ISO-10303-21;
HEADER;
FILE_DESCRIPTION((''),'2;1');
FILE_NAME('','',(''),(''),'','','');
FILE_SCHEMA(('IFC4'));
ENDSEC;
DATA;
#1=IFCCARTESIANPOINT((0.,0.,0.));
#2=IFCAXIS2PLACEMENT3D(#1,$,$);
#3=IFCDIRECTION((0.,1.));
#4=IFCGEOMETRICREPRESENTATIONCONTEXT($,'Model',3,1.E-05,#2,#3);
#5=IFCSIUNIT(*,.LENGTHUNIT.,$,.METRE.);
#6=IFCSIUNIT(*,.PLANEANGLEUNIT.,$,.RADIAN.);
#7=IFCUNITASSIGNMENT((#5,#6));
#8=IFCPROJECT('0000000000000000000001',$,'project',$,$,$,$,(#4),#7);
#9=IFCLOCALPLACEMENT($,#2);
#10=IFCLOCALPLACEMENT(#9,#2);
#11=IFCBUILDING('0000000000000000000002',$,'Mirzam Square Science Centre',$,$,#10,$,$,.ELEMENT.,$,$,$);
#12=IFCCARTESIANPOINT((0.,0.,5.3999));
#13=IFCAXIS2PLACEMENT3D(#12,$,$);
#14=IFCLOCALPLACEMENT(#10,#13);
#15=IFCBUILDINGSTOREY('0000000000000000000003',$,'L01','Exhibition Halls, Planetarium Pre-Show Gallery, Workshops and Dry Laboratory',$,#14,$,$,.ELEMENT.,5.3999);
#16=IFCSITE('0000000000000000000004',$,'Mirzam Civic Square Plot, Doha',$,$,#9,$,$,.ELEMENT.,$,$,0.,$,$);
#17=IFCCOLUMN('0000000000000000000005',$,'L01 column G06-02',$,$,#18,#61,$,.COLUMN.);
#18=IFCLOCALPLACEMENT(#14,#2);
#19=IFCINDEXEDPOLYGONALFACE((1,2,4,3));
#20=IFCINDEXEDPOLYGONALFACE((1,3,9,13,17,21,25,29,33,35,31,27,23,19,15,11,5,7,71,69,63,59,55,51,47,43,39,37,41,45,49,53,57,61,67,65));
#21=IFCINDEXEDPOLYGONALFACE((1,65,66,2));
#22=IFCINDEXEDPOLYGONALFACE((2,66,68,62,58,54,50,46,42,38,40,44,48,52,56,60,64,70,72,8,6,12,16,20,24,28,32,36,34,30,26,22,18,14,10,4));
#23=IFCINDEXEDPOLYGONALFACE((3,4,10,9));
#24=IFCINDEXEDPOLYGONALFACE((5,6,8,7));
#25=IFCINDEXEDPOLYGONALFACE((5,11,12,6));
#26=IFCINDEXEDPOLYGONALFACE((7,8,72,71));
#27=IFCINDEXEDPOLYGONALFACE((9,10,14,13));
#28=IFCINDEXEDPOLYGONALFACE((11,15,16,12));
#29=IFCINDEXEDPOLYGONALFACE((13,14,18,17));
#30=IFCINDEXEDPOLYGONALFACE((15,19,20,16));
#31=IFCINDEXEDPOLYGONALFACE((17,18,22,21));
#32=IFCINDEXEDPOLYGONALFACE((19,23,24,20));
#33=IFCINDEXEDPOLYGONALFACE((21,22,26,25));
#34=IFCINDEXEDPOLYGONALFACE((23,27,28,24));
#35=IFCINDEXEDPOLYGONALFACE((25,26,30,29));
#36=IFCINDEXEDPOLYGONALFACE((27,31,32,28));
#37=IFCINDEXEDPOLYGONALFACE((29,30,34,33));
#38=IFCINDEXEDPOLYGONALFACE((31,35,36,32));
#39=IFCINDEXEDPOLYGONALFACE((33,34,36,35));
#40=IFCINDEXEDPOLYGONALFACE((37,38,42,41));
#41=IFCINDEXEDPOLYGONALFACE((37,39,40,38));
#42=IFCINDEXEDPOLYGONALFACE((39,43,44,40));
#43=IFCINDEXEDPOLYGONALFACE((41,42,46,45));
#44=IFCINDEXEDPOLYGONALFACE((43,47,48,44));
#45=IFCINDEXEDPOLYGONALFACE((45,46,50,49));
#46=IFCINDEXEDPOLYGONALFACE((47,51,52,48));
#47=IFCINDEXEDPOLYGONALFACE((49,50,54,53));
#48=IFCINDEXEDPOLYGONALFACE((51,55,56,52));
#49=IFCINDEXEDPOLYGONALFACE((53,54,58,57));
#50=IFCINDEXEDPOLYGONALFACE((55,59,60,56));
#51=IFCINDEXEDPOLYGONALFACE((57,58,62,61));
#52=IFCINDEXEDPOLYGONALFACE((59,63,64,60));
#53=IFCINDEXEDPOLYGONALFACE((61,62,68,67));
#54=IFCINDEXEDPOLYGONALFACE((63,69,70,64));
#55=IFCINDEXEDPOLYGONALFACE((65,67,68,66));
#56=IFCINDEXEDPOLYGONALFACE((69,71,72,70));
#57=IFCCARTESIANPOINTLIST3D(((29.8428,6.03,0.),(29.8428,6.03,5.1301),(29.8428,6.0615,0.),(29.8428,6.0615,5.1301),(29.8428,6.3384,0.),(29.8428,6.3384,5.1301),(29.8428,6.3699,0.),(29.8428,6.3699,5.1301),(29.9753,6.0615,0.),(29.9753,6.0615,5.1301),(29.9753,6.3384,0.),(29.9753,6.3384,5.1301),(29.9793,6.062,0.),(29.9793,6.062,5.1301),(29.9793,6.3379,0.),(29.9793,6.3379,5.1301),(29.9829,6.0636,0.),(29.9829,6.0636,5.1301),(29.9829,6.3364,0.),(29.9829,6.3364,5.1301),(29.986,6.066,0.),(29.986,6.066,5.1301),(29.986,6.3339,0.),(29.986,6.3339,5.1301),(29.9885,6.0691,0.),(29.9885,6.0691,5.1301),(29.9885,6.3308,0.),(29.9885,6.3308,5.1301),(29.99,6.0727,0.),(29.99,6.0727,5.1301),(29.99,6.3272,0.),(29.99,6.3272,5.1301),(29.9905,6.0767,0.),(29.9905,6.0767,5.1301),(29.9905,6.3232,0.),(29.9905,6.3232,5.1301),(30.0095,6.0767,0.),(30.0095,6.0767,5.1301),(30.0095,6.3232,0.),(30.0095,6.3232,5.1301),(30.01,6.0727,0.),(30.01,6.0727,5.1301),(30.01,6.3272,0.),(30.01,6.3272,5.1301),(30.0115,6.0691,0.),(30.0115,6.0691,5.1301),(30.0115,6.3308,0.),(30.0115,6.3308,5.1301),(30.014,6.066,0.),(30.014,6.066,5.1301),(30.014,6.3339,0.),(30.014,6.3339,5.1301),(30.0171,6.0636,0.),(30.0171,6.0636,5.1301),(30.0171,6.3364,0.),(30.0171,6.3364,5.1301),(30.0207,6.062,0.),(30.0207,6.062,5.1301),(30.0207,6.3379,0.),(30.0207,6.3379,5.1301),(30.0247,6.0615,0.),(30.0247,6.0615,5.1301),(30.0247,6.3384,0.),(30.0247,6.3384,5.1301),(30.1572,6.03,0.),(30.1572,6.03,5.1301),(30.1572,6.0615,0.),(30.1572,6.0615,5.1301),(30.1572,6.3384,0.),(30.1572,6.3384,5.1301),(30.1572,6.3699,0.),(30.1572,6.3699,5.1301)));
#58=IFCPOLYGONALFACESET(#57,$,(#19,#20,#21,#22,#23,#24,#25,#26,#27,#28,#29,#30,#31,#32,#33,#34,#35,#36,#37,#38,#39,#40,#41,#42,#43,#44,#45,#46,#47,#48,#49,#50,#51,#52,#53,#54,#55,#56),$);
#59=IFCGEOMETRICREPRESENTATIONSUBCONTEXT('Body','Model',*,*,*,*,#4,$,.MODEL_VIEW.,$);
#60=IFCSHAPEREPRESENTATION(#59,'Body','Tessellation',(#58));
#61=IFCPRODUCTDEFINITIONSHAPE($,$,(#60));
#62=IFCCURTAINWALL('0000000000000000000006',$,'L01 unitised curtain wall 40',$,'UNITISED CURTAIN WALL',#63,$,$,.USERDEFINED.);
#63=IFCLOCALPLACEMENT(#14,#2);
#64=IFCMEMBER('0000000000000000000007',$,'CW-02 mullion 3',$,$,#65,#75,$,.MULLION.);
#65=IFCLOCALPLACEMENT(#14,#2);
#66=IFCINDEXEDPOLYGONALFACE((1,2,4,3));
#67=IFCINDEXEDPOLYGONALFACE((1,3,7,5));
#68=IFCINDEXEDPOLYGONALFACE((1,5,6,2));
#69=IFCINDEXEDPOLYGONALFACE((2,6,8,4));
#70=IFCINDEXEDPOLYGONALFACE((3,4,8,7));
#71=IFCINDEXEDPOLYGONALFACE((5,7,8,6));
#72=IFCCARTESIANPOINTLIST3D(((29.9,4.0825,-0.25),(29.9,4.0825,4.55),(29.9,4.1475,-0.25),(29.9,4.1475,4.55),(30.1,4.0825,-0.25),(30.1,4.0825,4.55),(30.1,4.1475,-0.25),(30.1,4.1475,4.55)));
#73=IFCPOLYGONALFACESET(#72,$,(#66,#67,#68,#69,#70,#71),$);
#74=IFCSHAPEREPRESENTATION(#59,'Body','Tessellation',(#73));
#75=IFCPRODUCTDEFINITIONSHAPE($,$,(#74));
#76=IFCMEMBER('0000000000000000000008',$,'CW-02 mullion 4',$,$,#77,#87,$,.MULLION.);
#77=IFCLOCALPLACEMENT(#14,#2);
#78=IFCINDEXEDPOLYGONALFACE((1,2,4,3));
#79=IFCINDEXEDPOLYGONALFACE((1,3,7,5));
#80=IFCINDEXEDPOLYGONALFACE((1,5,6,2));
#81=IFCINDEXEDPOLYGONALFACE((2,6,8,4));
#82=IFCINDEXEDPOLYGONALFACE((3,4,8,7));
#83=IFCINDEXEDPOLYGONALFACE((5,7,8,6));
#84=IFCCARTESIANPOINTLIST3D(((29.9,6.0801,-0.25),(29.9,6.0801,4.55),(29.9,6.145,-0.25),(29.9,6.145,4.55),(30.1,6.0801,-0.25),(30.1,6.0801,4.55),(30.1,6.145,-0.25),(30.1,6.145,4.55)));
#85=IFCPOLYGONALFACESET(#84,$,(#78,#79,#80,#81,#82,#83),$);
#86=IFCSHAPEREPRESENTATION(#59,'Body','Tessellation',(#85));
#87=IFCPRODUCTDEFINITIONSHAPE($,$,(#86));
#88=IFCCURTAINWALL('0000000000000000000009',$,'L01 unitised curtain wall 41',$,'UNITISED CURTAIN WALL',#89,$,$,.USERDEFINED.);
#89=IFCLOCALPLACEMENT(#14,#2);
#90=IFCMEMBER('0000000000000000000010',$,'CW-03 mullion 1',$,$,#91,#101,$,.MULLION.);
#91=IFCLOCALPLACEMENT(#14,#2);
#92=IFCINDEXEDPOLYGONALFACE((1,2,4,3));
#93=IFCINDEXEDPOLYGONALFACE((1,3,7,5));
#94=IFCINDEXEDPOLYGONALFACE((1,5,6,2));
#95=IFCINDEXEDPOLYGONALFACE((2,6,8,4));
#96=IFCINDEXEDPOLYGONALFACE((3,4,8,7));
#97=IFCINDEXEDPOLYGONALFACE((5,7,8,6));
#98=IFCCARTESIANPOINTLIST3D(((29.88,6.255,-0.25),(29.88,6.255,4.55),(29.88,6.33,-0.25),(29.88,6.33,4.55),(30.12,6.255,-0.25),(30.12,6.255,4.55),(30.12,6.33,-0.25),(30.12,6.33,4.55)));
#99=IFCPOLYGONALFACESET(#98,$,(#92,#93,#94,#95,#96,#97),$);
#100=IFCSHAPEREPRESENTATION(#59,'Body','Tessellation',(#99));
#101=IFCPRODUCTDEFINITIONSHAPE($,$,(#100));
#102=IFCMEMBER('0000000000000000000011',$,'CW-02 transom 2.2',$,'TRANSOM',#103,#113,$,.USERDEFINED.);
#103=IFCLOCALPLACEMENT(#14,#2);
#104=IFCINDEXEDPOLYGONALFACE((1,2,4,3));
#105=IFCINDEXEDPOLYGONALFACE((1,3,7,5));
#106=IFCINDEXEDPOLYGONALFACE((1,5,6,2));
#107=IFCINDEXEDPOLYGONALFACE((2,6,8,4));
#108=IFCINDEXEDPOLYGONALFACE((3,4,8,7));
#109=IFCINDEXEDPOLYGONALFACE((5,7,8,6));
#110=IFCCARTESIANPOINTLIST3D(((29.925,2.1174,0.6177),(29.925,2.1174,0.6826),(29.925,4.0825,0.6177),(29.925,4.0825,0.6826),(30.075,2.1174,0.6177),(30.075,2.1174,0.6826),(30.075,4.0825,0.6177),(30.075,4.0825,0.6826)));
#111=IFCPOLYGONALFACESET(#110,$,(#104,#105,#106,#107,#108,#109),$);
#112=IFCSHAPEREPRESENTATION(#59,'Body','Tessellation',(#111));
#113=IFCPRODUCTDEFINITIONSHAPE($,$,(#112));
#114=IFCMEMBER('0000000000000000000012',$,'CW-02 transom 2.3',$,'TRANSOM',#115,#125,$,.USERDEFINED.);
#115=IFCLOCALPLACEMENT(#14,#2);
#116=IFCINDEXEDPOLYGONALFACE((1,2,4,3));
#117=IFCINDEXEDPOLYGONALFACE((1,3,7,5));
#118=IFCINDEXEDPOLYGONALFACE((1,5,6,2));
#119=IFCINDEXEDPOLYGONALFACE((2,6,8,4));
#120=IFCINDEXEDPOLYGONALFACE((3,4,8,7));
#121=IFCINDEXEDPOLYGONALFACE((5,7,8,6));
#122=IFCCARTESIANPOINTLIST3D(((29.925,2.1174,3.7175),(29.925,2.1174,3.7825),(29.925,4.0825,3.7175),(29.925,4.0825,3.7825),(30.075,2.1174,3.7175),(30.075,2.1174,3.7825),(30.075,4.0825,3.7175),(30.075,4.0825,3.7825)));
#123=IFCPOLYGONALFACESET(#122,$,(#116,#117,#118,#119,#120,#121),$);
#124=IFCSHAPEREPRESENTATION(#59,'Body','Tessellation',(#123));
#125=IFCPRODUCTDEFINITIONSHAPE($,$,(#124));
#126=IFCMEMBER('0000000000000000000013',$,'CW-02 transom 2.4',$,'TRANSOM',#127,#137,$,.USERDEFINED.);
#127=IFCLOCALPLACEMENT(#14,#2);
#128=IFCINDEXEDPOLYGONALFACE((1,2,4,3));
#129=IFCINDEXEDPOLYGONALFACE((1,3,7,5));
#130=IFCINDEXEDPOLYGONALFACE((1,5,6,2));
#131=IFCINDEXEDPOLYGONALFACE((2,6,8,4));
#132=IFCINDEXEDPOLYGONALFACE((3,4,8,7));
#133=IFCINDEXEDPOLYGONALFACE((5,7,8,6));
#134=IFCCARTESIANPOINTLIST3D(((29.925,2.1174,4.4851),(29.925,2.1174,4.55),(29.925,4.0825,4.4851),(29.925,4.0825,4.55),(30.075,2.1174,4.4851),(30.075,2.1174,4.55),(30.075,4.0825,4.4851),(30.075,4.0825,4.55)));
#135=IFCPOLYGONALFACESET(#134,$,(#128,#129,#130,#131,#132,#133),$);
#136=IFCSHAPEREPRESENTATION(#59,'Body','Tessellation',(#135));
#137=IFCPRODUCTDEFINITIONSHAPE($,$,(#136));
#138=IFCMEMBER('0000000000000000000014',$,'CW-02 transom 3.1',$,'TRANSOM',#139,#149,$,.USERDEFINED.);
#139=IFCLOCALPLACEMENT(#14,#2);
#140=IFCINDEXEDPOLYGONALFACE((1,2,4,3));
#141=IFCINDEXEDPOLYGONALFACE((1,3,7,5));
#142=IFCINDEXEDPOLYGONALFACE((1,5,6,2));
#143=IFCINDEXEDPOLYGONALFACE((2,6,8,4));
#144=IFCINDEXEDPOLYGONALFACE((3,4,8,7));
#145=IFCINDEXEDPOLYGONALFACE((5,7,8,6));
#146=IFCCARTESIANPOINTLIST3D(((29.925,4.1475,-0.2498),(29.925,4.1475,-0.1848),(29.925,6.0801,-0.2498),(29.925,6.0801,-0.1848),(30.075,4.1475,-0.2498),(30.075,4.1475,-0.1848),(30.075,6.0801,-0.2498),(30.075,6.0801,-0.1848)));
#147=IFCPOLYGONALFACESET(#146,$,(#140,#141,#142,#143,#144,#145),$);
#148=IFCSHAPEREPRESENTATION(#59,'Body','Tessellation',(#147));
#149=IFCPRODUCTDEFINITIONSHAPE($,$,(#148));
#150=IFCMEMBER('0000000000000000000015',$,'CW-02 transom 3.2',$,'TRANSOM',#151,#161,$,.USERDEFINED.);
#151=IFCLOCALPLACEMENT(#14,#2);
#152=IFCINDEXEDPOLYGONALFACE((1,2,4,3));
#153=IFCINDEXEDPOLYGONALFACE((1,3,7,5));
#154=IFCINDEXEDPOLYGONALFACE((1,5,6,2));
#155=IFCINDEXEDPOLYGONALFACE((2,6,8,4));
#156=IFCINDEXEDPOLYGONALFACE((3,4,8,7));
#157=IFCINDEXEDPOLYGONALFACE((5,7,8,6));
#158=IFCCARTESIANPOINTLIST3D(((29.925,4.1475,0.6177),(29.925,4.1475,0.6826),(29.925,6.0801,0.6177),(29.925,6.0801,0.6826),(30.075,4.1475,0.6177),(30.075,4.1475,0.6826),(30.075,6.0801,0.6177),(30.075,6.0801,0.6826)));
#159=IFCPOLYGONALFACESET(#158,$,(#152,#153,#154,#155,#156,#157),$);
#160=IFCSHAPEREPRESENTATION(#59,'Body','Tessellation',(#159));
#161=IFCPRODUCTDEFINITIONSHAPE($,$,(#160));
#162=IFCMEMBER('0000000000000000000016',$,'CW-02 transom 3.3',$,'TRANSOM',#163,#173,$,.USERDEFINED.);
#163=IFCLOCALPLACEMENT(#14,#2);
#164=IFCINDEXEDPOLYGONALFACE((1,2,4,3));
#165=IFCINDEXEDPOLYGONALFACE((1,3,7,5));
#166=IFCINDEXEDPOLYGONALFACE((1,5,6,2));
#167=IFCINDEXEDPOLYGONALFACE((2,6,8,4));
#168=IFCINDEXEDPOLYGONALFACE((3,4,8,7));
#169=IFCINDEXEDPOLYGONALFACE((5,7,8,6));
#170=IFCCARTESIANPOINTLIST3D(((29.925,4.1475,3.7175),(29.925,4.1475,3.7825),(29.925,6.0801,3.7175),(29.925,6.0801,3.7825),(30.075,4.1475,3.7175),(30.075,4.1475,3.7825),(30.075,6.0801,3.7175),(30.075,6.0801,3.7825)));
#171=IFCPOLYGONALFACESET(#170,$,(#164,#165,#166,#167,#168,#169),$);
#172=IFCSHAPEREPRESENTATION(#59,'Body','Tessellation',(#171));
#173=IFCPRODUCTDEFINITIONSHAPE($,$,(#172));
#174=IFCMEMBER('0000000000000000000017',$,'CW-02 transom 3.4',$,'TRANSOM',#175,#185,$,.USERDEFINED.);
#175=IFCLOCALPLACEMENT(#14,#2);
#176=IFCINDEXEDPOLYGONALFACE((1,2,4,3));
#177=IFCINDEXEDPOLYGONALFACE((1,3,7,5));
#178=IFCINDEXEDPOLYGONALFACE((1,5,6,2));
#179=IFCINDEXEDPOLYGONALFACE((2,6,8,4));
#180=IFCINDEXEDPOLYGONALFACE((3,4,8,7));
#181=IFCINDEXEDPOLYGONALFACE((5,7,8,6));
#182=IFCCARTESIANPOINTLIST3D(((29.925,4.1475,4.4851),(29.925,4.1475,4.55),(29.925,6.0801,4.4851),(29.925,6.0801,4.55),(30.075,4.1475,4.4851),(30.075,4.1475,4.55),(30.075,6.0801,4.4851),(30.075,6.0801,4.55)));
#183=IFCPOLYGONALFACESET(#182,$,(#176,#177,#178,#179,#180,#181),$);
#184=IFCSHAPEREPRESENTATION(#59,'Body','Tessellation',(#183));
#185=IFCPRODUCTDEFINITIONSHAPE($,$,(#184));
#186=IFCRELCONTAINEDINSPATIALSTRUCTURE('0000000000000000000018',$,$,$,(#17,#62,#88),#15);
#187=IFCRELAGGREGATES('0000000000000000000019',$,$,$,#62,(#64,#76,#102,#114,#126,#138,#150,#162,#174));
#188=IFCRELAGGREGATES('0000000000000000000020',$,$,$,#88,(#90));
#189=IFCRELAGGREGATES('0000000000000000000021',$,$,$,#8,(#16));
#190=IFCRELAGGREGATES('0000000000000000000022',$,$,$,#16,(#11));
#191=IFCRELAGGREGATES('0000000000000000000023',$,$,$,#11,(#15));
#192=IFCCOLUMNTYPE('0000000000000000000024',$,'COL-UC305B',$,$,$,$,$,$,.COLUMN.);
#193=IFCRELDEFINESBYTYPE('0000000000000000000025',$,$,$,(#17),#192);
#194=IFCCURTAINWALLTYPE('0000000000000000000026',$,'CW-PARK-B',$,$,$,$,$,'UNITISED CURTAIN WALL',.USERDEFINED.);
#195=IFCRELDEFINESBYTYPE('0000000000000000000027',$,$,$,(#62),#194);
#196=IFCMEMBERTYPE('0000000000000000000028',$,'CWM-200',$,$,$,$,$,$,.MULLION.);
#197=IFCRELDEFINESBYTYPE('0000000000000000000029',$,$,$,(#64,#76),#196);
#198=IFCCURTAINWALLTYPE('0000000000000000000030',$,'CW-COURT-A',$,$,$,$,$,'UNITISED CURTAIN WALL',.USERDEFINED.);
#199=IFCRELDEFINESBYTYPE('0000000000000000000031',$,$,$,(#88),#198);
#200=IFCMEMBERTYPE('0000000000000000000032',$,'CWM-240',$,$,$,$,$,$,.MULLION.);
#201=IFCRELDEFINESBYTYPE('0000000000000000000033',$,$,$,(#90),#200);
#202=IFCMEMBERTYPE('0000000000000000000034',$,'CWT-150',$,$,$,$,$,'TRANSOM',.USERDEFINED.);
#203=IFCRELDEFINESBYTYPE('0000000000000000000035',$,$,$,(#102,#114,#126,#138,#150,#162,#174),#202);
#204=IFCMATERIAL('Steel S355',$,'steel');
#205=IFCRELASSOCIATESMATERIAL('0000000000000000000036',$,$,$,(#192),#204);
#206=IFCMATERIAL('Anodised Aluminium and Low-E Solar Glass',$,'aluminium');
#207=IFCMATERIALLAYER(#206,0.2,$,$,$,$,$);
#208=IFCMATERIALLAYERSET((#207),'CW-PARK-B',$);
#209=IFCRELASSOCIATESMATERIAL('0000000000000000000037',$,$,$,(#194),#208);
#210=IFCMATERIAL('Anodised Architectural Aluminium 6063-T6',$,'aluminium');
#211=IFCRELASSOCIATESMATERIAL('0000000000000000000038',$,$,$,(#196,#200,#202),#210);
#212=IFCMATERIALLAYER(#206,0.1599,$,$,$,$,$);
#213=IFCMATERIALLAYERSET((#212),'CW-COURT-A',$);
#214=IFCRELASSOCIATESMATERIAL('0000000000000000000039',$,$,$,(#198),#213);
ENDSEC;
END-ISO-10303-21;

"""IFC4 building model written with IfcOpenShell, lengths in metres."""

from ifc_helpers import new_model, si_unit, direction, frame, origin, origin_2d, place, context, subcontext, project, spatial, rectangle, i_section, extrude, material, layer, layer_set, material_profile, profile_set, type_object, element, aggregate, save


model = new_model("IFC4")

# Units and contexts
model_context = context("Model", 3, precision=1e-05, world=origin(), true_north=direction((0.0, 1.0)))
body_context = subcontext(model_context, "Body", "Model", "MODEL_VIEW")
ifc_project = project(units=[si_unit("LENGTHUNIT", "METRE"), si_unit("PLANEANGLEUNIT", "RADIAN")], contexts=[model_context])

# Site, building, storey
site_placement = place(None, origin())
site = spatial("IfcSite", under=ifc_project, at=site_placement, Name="Mirzam Civic Square Plot, Doha", CompositionType="ELEMENT", RefElevation=0.0)
building_placement = place(site_placement, origin())
building = spatial("IfcBuilding", under=site, at=building_placement, Name="Mirzam Square Science Centre", CompositionType="ELEMENT")
storey_placement = place(building_placement, frame((0.0, 0.0, 5.3999)))
storey = spatial("IfcBuildingStorey", under=building, at=storey_placement, Name="L01", Description="Exhibition Halls, Planetarium Pre-Show Gallery, Workshops and Dry Laboratory", CompositionType="ELEMENT", Elevation=5.3999)

# Column
ifc_material_1 = material(Name="Steel S355", Category="steel")
ifc_material_profile_1 = material_profile(ifc_material_1, i_section(OverallWidth=0.3145, OverallDepth=0.3398, WebThickness=0.019, FlangeThickness=0.0315, FilletRadius=0.0151, at=origin_2d()), Name="305x305x198UC")
ifc_profile_set_1 = profile_set([ifc_material_profile_1], Name="Steel S355")
column_type = type_object("IfcColumnType", Name="COL-UC305B", PredefinedType="COLUMN", material=ifc_profile_set_1)
column_placement = place(storey_placement, frame((30.0, 6.2, 0.0), z_axis=(0.0, 0.0, 1.0), x_axis=(1.0, 0.0, 0.0)))
element("IfcColumn", 1, at=column_placement, inside=storey, type_object=column_type, Name="L01 column G06-02", PredefinedType="COLUMN", context=body_context, shape_type="SweptSolid", body=[
    extrude(i_section(OverallWidth=0.3145, OverallDepth=0.3398, WebThickness=0.019, FlangeThickness=0.0315, FilletRadius=0.0151, at=origin_2d()), origin(), (0.0, 0.0, 1.0), 5.1301),
])

# Curtain wall, members
ifc_material_2 = material(Name="Anodised Aluminium and Low-E Solar Glass", Category="aluminium")
ifc_layer_1 = layer(ifc_material_2, 0.2)
ifc_layer_set_1 = layer_set([ifc_layer_1], Name="CW-PARK-B")
curtain_wall_type_1 = type_object("IfcCurtainWallType", Name="CW-PARK-B", ElementType="UNITISED CURTAIN WALL", PredefinedType="USERDEFINED", material=ifc_layer_set_1)
curtain_wall_1_placement = place(storey_placement, origin())
curtain_wall_1 = element("IfcCurtainWall", 2, at=curtain_wall_1_placement, inside=storey, type_object=curtain_wall_type_1, Name="L01 unitised curtain wall 40", ObjectType="UNITISED CURTAIN WALL", PredefinedType="USERDEFINED")
ifc_material_3 = material(Name="Anodised Architectural Aluminium 6063-T6", Category="aluminium")
ifc_material_profile_2 = material_profile(ifc_material_3, rectangle(XDim=0.0649, YDim=0.2, at=origin_2d()), Name="ALU-MULL-200x65x5")
ifc_profile_set_2 = profile_set([ifc_material_profile_2], Name="Anodised Architectural Aluminium 6063-T6")
member_type_1 = type_object("IfcMemberType", Name="CWM-200", PredefinedType="MULLION", material=ifc_profile_set_2)
member_1_placement = place(storey_placement, frame((30.0, 4.115, -0.25), z_axis=(0.0, 0.0, 1.0), x_axis=(0.0, 1.0, 0.0)))
member_1 = element("IfcMember", 3, at=member_1_placement, type_object=member_type_1, Name="CW-02 mullion 3", PredefinedType="MULLION", context=body_context, shape_type="SweptSolid", body=[
    extrude(rectangle(XDim=0.0649, YDim=0.2, at=origin_2d()), origin(), (0.0, 0.0, 1.0), 4.8),
])
member_2_placement = place(storey_placement, frame((30.0, 6.1125, -0.25), z_axis=(0.0, 0.0, 1.0), x_axis=(0.0, 1.0, 0.0)))
member_2 = element("IfcMember", 4, at=member_2_placement, type_object=member_type_1, Name="CW-02 mullion 4", PredefinedType="MULLION", context=body_context, shape_type="SweptSolid", body=[
    extrude(rectangle(XDim=0.0649, YDim=0.2, at=origin_2d()), origin(), (0.0, 0.0, 1.0), 4.8),
])

# Curtain wall, member
ifc_layer_2 = layer(ifc_material_2, 0.1599)
ifc_layer_set_2 = layer_set([ifc_layer_2], Name="CW-COURT-A")
curtain_wall_type_2 = type_object("IfcCurtainWallType", Name="CW-COURT-A", ElementType="UNITISED CURTAIN WALL", PredefinedType="USERDEFINED", material=ifc_layer_set_2)
curtain_wall_2_placement = place(storey_placement, origin())
curtain_wall_2 = element("IfcCurtainWall", 5, at=curtain_wall_2_placement, inside=storey, type_object=curtain_wall_type_2, Name="L01 unitised curtain wall 41", ObjectType="UNITISED CURTAIN WALL", PredefinedType="USERDEFINED")
ifc_material_profile_3 = material_profile(ifc_material_3, rectangle(XDim=0.075, YDim=0.24, at=origin_2d()), Name="ALU-MULL-240x75x5")
ifc_profile_set_3 = profile_set([ifc_material_profile_3], Name="Anodised Architectural Aluminium 6063-T6")
member_type_2 = type_object("IfcMemberType", Name="CWM-240", PredefinedType="MULLION", material=ifc_profile_set_3)
member_3_placement = place(storey_placement, frame((30.0, 6.2925, -0.25), z_axis=(0.0, 0.0, 1.0), x_axis=(0.0, 1.0, 0.0)))
member_3 = element("IfcMember", 6, at=member_3_placement, type_object=member_type_2, Name="CW-03 mullion 1", PredefinedType="MULLION", context=body_context, shape_type="SweptSolid", body=[
    extrude(rectangle(XDim=0.075, YDim=0.24, at=origin_2d()), origin(), (0.0, 0.0, 1.0), 4.8),
])

# Members
ifc_material_profile_4 = material_profile(ifc_material_3, rectangle(XDim=0.1499, YDim=0.0649, at=origin_2d()), Name="ALU-TRAN-150x65x4")
ifc_profile_set_4 = profile_set([ifc_material_profile_4], Name="Anodised Architectural Aluminium 6063-T6")
member_type_3 = type_object("IfcMemberType", Name="CWT-150", ElementType="TRANSOM", PredefinedType="USERDEFINED", material=ifc_profile_set_4)
member_4_placement = place(storey_placement, frame((30.0, 2.1174, 0.6501), z_axis=(0.0, 1.0, 0.0), x_axis=(-1.0, 0.0, 0.0)))
member_4 = element("IfcMember", 7, at=member_4_placement, type_object=member_type_3, Name="CW-02 transom 2.2", ObjectType="TRANSOM", PredefinedType="USERDEFINED", context=body_context, shape_type="SweptSolid", body=[
    extrude(rectangle(XDim=0.1499, YDim=0.0649, at=origin_2d()), origin(), (0.0, 0.0, 1.0), 1.9651),
])
member_5_placement = place(storey_placement, frame((30.0, 2.1174, 3.75), z_axis=(0.0, 1.0, 0.0), x_axis=(-1.0, 0.0, 0.0)))
member_5 = element("IfcMember", 8, at=member_5_placement, type_object=member_type_3, Name="CW-02 transom 2.3", ObjectType="TRANSOM", PredefinedType="USERDEFINED", context=body_context, shape_type="SweptSolid", body=[
    extrude(rectangle(XDim=0.1499, YDim=0.0649, at=origin_2d()), origin(), (0.0, 0.0, 1.0), 1.9651),
])
member_6_placement = place(storey_placement, frame((30.0, 2.1174, 4.5176), z_axis=(0.0, 1.0, 0.0), x_axis=(-1.0, 0.0, 0.0)))
member_6 = element("IfcMember", 9, at=member_6_placement, type_object=member_type_3, Name="CW-02 transom 2.4", ObjectType="TRANSOM", PredefinedType="USERDEFINED", context=body_context, shape_type="SweptSolid", body=[
    extrude(rectangle(XDim=0.1499, YDim=0.0649, at=origin_2d()), origin(), (0.0, 0.0, 1.0), 1.9651),
])
member_7_placement = place(storey_placement, frame((30.0, 4.1475, -0.2173), z_axis=(0.0, 1.0, 0.0), x_axis=(-1.0, 0.0, 0.0)))
member_7 = element("IfcMember", 10, at=member_7_placement, type_object=member_type_3, Name="CW-02 transom 3.1", ObjectType="TRANSOM", PredefinedType="USERDEFINED", context=body_context, shape_type="SweptSolid", body=[
    extrude(rectangle(XDim=0.1499, YDim=0.0649, at=origin_2d()), origin(), (0.0, 0.0, 1.0), 1.9326),
])
member_8_placement = place(storey_placement, frame((30.0, 4.1475, 0.6501), z_axis=(0.0, 1.0, 0.0), x_axis=(-1.0, 0.0, 0.0)))
member_8 = element("IfcMember", 11, at=member_8_placement, type_object=member_type_3, Name="CW-02 transom 3.2", ObjectType="TRANSOM", PredefinedType="USERDEFINED", context=body_context, shape_type="SweptSolid", body=[
    extrude(rectangle(XDim=0.1499, YDim=0.0649, at=origin_2d()), origin(), (0.0, 0.0, 1.0), 1.9326),
])
member_9_placement = place(storey_placement, frame((30.0, 4.1475, 3.75), z_axis=(0.0, 1.0, 0.0), x_axis=(-1.0, 0.0, 0.0)))
member_9 = element("IfcMember", 12, at=member_9_placement, type_object=member_type_3, Name="CW-02 transom 3.3", ObjectType="TRANSOM", PredefinedType="USERDEFINED", context=body_context, shape_type="SweptSolid", body=[
    extrude(rectangle(XDim=0.1499, YDim=0.0649, at=origin_2d()), origin(), (0.0, 0.0, 1.0), 1.9326),
])
member_10_placement = place(storey_placement, frame((30.0, 4.1475, 4.5176), z_axis=(0.0, 1.0, 0.0), x_axis=(-1.0, 0.0, 0.0)))
member_10 = element("IfcMember", 13, at=member_10_placement, type_object=member_type_3, Name="CW-02 transom 3.4", ObjectType="TRANSOM", PredefinedType="USERDEFINED", context=body_context, shape_type="SweptSolid", body=[
    extrude(rectangle(XDim=0.1499, YDim=0.0649, at=origin_2d()), origin(), (0.0, 0.0, 1.0), 1.9326),
])

aggregate(curtain_wall_1, [member_1, member_2, member_4, member_5, member_6, member_7, member_8, member_9, member_10])
aggregate(curtain_wall_2, [member_3])

save(model, "model.ifc")
